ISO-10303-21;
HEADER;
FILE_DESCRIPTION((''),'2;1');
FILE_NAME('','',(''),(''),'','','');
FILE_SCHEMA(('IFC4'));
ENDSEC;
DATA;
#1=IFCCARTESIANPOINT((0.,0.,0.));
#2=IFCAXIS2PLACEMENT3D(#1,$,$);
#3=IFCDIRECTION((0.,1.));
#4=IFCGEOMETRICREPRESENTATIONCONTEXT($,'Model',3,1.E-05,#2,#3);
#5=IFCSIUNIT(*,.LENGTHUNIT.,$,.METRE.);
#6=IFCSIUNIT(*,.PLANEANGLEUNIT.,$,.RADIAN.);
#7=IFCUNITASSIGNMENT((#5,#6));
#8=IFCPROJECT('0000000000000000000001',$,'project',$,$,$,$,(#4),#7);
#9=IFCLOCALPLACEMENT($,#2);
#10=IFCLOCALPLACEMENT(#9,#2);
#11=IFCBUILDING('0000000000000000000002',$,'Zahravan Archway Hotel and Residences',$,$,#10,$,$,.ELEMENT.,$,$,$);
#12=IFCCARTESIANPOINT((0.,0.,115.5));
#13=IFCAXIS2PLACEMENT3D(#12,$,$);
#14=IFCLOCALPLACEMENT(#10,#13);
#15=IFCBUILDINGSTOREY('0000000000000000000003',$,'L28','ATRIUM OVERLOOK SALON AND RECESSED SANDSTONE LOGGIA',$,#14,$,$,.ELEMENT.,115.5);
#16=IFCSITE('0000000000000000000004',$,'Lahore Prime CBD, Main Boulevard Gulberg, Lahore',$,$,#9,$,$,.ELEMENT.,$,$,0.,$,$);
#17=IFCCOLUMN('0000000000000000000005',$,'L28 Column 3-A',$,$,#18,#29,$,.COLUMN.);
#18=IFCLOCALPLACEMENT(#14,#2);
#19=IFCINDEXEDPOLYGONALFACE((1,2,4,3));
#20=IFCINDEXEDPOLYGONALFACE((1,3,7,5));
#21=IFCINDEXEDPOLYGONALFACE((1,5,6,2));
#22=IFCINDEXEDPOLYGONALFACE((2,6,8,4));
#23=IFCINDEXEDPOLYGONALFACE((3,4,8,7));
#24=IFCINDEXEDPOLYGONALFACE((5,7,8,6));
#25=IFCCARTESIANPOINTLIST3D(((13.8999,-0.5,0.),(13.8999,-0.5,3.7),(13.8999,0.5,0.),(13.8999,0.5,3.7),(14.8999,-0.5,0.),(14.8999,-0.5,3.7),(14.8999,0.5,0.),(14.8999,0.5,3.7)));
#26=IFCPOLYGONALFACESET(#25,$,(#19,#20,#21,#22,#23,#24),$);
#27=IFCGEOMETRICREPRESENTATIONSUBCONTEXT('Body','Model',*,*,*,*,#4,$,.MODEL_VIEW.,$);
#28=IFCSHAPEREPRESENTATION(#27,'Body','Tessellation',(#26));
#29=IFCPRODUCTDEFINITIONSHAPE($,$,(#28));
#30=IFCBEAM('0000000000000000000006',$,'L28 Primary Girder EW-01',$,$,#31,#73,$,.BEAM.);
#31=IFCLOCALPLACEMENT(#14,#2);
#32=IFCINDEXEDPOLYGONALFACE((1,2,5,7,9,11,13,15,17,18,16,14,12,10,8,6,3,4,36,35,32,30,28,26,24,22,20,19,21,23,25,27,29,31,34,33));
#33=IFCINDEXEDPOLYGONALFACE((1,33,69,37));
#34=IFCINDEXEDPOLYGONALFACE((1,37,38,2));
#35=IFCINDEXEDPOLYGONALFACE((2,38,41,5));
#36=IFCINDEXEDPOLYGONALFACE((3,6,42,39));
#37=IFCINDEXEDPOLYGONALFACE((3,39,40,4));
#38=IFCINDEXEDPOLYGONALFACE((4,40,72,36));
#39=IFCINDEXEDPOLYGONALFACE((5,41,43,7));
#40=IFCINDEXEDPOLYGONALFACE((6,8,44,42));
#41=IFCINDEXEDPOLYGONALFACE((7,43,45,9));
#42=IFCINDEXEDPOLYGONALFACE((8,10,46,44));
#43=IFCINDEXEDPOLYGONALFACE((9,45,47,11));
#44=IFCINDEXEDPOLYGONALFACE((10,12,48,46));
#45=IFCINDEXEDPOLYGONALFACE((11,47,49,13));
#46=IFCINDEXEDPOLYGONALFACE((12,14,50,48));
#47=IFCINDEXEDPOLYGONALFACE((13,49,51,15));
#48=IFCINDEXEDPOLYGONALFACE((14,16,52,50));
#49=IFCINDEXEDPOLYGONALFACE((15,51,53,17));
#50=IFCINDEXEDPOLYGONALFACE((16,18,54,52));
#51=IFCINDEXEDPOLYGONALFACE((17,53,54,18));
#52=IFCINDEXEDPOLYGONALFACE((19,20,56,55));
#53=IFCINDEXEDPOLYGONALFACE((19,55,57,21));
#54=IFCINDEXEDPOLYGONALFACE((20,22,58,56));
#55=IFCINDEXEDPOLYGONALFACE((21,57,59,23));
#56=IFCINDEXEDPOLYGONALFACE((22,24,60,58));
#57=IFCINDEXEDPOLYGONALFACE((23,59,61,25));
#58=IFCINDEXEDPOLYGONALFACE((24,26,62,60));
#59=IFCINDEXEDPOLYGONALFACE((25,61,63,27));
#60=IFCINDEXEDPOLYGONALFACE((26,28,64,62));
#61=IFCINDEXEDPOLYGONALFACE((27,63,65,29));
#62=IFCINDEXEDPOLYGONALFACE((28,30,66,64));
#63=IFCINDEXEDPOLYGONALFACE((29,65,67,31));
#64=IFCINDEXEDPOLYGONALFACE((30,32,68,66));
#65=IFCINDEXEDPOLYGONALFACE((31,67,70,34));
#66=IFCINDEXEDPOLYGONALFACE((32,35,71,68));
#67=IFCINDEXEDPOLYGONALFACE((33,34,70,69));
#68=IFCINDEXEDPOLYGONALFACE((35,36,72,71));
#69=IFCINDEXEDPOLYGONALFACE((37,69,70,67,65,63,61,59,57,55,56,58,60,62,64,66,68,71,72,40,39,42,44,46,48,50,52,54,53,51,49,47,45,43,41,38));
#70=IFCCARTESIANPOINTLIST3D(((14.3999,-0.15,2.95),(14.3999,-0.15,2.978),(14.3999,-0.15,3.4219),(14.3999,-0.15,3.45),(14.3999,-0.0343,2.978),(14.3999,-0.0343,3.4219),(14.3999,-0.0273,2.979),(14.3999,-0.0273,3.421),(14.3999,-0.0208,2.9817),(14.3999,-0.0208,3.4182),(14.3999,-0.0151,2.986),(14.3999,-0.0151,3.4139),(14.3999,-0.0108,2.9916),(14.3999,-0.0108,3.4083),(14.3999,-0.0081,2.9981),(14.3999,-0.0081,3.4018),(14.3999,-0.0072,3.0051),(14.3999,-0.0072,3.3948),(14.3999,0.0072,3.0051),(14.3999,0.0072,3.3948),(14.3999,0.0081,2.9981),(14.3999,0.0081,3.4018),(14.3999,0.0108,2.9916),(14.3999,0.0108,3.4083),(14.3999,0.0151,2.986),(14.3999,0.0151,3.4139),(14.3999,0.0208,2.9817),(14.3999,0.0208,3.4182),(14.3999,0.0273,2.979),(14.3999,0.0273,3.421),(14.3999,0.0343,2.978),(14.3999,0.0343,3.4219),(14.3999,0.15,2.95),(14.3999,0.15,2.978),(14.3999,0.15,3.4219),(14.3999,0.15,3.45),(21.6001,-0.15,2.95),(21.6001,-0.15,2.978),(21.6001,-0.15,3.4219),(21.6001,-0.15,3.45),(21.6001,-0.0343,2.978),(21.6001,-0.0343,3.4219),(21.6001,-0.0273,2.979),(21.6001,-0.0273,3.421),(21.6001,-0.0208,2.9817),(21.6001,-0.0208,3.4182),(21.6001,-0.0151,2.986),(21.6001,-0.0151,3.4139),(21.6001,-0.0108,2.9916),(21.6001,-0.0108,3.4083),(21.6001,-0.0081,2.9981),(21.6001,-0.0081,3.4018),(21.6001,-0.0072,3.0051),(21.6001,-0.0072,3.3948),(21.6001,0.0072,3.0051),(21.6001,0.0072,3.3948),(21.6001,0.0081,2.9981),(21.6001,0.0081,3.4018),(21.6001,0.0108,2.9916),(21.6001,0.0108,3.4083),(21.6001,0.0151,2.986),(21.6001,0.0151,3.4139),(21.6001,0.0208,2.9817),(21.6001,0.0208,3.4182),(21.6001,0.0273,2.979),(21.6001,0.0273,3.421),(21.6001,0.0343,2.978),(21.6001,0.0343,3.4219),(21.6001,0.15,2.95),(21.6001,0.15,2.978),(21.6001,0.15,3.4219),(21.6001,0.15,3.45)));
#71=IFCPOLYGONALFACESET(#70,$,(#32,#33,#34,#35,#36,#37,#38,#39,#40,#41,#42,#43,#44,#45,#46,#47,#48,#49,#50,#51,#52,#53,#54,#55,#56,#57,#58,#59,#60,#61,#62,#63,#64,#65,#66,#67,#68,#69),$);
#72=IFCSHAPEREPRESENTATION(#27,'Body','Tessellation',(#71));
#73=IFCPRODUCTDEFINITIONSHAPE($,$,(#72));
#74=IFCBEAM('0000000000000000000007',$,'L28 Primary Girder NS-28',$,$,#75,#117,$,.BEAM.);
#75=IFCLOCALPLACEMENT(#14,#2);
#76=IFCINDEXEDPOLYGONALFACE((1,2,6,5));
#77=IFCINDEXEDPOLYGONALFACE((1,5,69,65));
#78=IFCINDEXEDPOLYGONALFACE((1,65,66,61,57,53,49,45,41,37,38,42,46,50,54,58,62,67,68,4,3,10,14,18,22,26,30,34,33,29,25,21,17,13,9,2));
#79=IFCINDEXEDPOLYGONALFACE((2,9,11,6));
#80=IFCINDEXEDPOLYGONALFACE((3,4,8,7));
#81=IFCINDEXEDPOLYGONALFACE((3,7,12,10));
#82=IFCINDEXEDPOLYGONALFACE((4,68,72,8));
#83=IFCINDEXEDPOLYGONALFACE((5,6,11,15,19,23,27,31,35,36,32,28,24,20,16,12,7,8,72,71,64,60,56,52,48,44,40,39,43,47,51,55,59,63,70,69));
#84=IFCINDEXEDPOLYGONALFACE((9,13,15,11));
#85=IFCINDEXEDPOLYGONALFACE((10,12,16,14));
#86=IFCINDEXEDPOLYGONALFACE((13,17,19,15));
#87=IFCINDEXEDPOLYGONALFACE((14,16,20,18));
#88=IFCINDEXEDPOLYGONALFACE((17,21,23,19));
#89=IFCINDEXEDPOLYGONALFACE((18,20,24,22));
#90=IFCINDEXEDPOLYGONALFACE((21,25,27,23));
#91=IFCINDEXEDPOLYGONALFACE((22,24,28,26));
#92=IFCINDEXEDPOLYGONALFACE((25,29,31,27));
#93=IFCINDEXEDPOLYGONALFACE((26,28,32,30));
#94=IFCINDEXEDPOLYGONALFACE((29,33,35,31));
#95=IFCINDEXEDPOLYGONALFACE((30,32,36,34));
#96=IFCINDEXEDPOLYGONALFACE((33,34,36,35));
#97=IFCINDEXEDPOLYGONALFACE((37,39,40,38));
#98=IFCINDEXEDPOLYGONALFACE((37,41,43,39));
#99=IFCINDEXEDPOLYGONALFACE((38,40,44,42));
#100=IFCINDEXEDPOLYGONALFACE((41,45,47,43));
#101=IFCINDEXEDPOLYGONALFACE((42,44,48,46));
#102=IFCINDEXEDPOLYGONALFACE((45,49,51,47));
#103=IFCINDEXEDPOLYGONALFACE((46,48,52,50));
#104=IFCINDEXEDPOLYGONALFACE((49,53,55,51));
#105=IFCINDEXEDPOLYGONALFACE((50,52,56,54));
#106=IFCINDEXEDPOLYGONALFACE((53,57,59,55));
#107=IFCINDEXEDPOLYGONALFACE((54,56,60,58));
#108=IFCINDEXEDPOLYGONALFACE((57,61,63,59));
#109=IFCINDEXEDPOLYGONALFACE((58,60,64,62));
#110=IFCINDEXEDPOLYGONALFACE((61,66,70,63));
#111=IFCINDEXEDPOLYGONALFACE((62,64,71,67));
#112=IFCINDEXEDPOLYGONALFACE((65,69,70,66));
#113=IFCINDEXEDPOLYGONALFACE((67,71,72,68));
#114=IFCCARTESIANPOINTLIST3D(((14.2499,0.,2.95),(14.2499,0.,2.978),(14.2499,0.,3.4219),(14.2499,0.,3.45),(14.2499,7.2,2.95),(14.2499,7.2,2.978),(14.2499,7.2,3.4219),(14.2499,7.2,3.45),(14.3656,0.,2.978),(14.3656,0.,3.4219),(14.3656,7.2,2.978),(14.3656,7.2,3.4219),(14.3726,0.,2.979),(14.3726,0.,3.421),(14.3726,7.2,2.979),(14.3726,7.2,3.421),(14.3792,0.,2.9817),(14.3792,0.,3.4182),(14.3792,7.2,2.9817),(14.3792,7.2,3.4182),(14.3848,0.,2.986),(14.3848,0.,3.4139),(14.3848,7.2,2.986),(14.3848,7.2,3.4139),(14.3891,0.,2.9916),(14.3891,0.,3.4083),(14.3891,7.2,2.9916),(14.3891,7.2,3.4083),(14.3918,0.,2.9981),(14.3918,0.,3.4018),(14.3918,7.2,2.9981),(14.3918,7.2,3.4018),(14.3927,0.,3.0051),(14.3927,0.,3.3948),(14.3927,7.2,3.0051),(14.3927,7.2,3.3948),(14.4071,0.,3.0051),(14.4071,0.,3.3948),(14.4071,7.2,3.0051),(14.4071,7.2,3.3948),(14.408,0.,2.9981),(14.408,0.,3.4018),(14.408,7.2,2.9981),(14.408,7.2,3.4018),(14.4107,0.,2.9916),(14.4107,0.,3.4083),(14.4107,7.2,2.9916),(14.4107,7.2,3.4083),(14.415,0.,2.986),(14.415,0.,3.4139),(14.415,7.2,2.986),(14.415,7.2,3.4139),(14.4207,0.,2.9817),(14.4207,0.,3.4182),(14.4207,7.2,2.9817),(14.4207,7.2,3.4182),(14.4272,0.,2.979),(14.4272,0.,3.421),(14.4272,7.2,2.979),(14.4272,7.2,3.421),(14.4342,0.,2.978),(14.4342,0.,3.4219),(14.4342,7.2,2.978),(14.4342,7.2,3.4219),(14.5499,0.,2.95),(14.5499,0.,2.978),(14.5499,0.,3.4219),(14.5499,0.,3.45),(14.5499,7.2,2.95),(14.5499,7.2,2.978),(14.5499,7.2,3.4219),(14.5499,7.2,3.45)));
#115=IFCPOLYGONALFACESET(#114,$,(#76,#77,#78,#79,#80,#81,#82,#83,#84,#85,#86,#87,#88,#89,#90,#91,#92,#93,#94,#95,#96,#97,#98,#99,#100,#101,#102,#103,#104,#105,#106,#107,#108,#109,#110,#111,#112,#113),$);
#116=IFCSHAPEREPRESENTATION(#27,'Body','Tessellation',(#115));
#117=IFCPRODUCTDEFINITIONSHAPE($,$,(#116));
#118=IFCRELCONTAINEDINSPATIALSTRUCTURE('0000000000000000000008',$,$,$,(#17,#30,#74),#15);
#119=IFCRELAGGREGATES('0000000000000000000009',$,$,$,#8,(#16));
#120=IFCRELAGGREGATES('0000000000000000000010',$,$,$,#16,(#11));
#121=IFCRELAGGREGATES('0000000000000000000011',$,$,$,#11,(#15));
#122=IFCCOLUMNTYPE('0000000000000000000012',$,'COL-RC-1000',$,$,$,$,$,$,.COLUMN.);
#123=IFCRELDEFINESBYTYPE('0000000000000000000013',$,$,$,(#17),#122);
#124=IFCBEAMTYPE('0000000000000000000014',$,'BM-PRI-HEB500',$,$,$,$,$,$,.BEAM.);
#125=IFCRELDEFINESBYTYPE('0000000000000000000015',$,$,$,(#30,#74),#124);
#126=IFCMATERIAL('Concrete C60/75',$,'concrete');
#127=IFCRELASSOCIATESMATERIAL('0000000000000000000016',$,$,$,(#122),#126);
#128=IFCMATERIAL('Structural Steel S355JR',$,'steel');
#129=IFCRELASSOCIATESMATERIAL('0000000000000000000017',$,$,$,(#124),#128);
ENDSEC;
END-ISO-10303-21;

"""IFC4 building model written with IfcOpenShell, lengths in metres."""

from ifc_helpers import new_model, si_unit, direction, frame, origin, origin_2d, place, context, subcontext, project, spatial, rectangle, i_section, extrude, source, transform, mapped, material, material_profile, profile_set, type_object, type_shapes, element, save


model = new_model("IFC4")

# Units and contexts
model_context = context("Model", 3, precision=1e-05, world=origin(), true_north=direction((0.0, 1.0)))
body_context = subcontext(model_context, "Body", "Model", "MODEL_VIEW")
ifc_project = project(units=[si_unit("LENGTHUNIT", "METRE"), si_unit("PLANEANGLEUNIT", "RADIAN")], contexts=[model_context])

# Site, building, storey
site_placement = place(None, origin())
site = spatial("IfcSite", under=ifc_project, at=site_placement, Name="Lahore Prime CBD, Main Boulevard Gulberg, Lahore", CompositionType="ELEMENT", RefElevation=0.0)
building_placement = place(site_placement, origin())
building = spatial("IfcBuilding", under=site, at=building_placement, Name="Zahravan Archway Hotel and Residences", CompositionType="ELEMENT")
storey_placement = place(building_placement, frame((0.0, 0.0, 115.5)))
storey = spatial("IfcBuildingStorey", under=building, at=storey_placement, Name="L28", Description="ATRIUM OVERLOOK SALON AND RECESSED SANDSTONE LOGGIA", CompositionType="ELEMENT", Elevation=115.5)

# Column
ifc_material_1 = material(Name="Concrete C60/75", Category="concrete")
ifc_material_profile_1 = material_profile(ifc_material_1, rectangle(XDim=1.0, YDim=1.0, at=origin_2d()), Name="RC-COL-1000x1000", Category="concrete")
ifc_profile_set_1 = profile_set([ifc_material_profile_1], Name="Concrete C60/75")
column_type = type_object("IfcColumnType", Name="COL-RC-1000", PredefinedType="COLUMN", material=ifc_profile_set_1)
shared_shape_1 = source(origin(), body_context, "Body", "SweptSolid", [
    extrude(rectangle(XDim=1.0, YDim=1.0, at=origin_2d()), origin(), (0.0, 0.0, 1.0), 3.7),
])
type_shapes(column_type, [shared_shape_1])
column_placement = place(storey_placement, frame((14.3999, 0.0, 0.0), z_axis=(0.0, 0.0, 1.0), x_axis=(1.0, 0.0, 0.0)))
element("IfcColumn", 1, at=column_placement, inside=storey, type_object=column_type, Name="L28 Column 3-A", PredefinedType="COLUMN", context=body_context, shape_type="MappedRepresentation", body=[
    mapped(shared_shape_1, transform((0.0, 0.0, 0.0), scale=1.0)),
])

# Beams
ifc_material_2 = material(Name="Structural Steel S355JR", Category="steel")
ifc_material_profile_2 = material_profile(ifc_material_2, i_section(OverallWidth=0.3, OverallDepth=0.5, WebThickness=0.0144, FlangeThickness=0.0281, FilletRadius=0.0271, at=origin_2d()), Name="HEB 500", Category="steel")
ifc_profile_set_2 = profile_set([ifc_material_profile_2], Name="Structural Steel S355JR")
beam_type = type_object("IfcBeamType", Name="BM-PRI-HEB500", PredefinedType="BEAM", material=ifc_profile_set_2)
shared_shape_2 = source(origin(), body_context, "Body", "SweptSolid", [
    extrude(i_section(OverallWidth=0.3, OverallDepth=0.5, WebThickness=0.0144, FlangeThickness=0.0281, FilletRadius=0.0271, at=origin_2d()), origin(), (0.0, 0.0, 1.0), 7.2002),
])
type_shapes(beam_type, [shared_shape_2])
beam_1_placement = place(storey_placement, frame((14.3999, 0.0, 3.2), z_axis=(1.0, 0.0, 0.0), x_axis=(0.0, 1.0, 0.0)))
element("IfcBeam", 2, at=beam_1_placement, inside=storey, type_object=beam_type, Name="L28 Primary Girder EW-01", PredefinedType="BEAM", context=body_context, shape_type="MappedRepresentation", body=[
    mapped(shared_shape_2, transform((0.0, 0.0, 0.0), scale=1.0)),
])
shared_shape_3 = source(origin(), body_context, "Body", "SweptSolid", [
    extrude(i_section(OverallWidth=0.3, OverallDepth=0.5, WebThickness=0.0144, FlangeThickness=0.0281, FilletRadius=0.0271, at=origin_2d()), origin(), (0.0, 0.0, 1.0), 7.2),
])
beam_2_placement = place(storey_placement, frame((14.3999, 0.0, 3.2), z_axis=(0.0, 1.0, 0.0), x_axis=(-1.0, 0.0, 0.0)))
element("IfcBeam", 3, at=beam_2_placement, inside=storey, type_object=beam_type, Name="L28 Primary Girder NS-28", PredefinedType="BEAM", context=body_context, shape_type="MappedRepresentation", body=[
    mapped(shared_shape_3, transform((0.0, 0.0, 0.0), scale=1.0)),
])

save(model, "model.ifc")
